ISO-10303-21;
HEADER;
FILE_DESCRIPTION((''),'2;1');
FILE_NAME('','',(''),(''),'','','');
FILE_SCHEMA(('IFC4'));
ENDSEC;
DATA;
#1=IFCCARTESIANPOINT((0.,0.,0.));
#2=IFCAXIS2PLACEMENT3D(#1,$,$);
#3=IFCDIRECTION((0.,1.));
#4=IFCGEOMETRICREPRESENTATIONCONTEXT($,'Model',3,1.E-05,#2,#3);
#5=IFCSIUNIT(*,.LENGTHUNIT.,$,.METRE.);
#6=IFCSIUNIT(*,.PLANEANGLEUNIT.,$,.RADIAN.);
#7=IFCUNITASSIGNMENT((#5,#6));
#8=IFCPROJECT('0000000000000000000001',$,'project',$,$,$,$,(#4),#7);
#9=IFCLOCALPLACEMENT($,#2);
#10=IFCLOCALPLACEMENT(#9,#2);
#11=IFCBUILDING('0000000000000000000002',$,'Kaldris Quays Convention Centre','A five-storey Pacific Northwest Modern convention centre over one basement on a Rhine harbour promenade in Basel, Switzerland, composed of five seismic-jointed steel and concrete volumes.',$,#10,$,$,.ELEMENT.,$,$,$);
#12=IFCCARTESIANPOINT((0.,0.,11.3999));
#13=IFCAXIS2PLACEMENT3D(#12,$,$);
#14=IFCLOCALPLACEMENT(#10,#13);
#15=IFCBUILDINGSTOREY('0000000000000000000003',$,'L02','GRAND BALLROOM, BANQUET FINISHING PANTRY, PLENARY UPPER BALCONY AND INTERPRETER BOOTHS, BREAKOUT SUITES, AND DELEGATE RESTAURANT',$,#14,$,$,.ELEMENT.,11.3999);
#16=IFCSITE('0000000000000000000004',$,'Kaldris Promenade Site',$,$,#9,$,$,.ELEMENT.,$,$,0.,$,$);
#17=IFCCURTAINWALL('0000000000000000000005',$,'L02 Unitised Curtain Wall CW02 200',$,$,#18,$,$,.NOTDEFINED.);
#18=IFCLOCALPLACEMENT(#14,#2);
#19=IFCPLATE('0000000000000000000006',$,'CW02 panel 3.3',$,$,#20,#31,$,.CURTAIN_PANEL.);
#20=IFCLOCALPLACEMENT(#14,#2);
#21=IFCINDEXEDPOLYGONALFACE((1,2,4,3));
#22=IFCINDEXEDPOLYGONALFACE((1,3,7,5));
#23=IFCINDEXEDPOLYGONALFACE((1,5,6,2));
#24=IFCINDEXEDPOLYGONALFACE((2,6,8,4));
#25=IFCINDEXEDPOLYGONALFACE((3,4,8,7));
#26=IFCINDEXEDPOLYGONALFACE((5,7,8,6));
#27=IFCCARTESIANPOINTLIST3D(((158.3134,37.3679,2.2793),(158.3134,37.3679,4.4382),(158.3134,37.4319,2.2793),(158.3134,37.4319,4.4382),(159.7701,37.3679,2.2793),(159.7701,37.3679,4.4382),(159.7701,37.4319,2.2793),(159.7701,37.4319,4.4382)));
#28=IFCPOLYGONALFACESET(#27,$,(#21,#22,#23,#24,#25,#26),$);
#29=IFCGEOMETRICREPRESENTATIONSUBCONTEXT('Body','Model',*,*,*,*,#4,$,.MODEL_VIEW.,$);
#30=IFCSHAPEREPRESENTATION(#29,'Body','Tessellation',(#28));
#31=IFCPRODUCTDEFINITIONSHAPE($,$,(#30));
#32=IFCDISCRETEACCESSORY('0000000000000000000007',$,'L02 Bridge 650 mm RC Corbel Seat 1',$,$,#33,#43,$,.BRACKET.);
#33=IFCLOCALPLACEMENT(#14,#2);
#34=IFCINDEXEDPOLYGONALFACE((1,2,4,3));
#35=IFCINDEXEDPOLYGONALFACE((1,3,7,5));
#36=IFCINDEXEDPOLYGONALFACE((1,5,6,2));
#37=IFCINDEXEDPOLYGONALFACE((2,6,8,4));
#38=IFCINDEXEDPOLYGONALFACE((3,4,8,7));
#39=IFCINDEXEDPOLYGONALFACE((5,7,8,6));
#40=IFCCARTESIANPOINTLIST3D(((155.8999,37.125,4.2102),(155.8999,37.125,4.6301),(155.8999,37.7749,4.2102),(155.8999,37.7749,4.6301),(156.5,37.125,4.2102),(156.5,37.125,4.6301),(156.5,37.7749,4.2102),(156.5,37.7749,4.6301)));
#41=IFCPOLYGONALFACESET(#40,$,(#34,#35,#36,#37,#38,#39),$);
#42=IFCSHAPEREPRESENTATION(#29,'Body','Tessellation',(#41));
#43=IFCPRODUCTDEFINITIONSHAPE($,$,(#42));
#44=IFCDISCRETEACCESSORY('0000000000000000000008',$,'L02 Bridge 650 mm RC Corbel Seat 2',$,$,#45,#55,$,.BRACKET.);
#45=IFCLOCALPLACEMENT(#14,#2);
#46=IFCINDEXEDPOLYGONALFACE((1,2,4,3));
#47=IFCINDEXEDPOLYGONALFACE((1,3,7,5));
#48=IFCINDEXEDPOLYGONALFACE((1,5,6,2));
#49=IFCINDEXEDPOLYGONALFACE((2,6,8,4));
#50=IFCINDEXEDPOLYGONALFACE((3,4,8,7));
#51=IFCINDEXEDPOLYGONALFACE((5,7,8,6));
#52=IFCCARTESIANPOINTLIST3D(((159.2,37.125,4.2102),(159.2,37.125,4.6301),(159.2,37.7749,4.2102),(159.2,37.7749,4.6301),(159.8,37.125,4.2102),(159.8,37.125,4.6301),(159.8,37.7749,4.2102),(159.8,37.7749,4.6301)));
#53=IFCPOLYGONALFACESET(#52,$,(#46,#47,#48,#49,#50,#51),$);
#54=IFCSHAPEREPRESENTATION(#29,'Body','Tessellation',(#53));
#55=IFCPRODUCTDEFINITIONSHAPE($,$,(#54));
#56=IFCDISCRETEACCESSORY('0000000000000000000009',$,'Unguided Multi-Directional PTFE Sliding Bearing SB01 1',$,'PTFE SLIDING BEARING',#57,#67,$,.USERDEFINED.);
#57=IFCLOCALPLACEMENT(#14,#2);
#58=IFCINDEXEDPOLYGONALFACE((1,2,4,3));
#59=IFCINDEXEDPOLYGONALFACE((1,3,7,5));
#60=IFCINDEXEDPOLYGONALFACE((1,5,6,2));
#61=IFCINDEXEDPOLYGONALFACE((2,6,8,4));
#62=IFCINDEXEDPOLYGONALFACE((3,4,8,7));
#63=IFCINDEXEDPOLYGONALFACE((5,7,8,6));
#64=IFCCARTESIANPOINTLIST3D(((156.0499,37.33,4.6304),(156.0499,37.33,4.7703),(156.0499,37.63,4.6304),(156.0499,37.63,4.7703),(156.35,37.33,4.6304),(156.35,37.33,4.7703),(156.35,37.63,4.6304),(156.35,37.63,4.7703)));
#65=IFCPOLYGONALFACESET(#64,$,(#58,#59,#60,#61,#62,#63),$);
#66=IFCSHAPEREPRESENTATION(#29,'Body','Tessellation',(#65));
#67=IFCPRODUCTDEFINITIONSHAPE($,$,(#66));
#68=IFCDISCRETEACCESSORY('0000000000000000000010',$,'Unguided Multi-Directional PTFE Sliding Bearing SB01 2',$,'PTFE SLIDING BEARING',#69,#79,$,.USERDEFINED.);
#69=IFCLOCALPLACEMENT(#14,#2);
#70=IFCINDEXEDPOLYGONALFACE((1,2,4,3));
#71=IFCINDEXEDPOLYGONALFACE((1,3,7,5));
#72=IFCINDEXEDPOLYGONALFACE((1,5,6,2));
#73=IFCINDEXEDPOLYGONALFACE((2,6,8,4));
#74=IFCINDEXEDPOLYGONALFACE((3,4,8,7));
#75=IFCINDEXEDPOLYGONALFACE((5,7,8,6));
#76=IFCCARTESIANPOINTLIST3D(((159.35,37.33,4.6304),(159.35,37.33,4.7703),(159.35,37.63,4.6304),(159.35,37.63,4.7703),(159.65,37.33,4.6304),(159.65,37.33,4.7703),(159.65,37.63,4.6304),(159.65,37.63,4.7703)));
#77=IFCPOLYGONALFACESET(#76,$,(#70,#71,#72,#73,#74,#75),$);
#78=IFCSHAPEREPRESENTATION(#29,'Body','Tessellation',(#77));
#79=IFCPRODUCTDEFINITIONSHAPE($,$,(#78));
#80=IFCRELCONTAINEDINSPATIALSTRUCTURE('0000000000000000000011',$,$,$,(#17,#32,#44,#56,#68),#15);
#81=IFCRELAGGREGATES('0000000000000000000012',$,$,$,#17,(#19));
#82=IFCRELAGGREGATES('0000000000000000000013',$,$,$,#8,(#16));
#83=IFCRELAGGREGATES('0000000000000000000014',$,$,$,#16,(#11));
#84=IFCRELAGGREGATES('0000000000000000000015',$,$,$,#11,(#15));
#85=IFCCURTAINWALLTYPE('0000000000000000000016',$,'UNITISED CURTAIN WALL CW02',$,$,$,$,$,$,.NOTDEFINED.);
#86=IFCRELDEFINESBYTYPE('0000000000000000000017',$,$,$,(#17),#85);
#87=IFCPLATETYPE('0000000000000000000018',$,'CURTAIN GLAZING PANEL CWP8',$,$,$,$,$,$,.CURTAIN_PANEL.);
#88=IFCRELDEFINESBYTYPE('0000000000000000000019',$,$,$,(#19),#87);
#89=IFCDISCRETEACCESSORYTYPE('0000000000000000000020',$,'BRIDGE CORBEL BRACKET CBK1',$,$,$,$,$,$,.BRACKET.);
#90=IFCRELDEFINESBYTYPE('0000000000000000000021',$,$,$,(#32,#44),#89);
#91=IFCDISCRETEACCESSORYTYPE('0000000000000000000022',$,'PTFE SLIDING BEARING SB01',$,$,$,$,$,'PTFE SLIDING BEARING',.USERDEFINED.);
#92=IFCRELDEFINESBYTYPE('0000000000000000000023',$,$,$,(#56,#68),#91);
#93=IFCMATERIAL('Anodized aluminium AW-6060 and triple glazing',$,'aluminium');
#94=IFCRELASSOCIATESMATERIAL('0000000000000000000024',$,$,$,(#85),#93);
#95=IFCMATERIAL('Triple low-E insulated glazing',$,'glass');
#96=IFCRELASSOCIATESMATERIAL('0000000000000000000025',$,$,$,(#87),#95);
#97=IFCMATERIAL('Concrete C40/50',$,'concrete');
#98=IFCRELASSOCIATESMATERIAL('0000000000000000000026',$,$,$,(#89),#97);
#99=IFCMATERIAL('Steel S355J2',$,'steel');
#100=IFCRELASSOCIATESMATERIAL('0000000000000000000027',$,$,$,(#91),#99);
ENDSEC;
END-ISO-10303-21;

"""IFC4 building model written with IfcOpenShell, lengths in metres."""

from ifc_helpers import new_model, si_unit, direction, frame, origin, origin_2d, place, context, subcontext, project, spatial, rectangle, extrude, material, type_object, element, aggregate, save


model = new_model("IFC4")

# Units and contexts
model_context = context("Model", 3, precision=1e-05, world=origin(), true_north=direction((0.0, 1.0)))
body_context = subcontext(model_context, "Body", "Model", "MODEL_VIEW")
ifc_project = project(units=[si_unit("LENGTHUNIT", "METRE"), si_unit("PLANEANGLEUNIT", "RADIAN")], contexts=[model_context])

# Site, building, storey
site_placement = place(None, origin())
site = spatial("IfcSite", under=ifc_project, at=site_placement, Name="Kaldris Promenade Site", CompositionType="ELEMENT", RefElevation=0.0)
building_placement = place(site_placement, origin())
building = spatial("IfcBuilding", under=site, at=building_placement, Name="Kaldris Quays Convention Centre", Description="A five-storey Pacific Northwest Modern convention centre over one basement on a Rhine harbour promenade in Basel, Switzerland, composed of five seismic-jointed steel and concrete volumes.", CompositionType="ELEMENT")
storey_placement = place(building_placement, frame((0.0, 0.0, 11.3999)))
storey = spatial("IfcBuildingStorey", under=building, at=storey_placement, Name="L02", Description="GRAND BALLROOM, BANQUET FINISHING PANTRY, PLENARY UPPER BALCONY AND INTERPRETER BOOTHS, BREAKOUT SUITES, AND DELEGATE RESTAURANT", CompositionType="ELEMENT", Elevation=11.3999)

# Curtain wall
ifc_material_1 = material(Name="Anodized aluminium AW-6060 and triple glazing", Category="aluminium")
curtain_wall_type = type_object("IfcCurtainWallType", Name="UNITISED CURTAIN WALL CW02", PredefinedType="NOTDEFINED", material=ifc_material_1)
curtain_wall_placement = place(storey_placement, origin())
curtain_wall = element("IfcCurtainWall", 1, at=curtain_wall_placement, inside=storey, type_object=curtain_wall_type, Name="L02 Unitised Curtain Wall CW02 200", PredefinedType="NOTDEFINED")

# Shared definitions
ifc_material_2 = material(Name="Steel S355J2", Category="steel")

# Plate
ifc_material_3 = material(Name="Triple low-E insulated glazing", Category="glass")
plate_type = type_object("IfcPlateType", Name="CURTAIN GLAZING PANEL CWP8", PredefinedType="CURTAIN_PANEL", material=ifc_material_3)
plate_1_placement = place(storey_placement, frame((159.0417, 37.3999, 2.2793), z_axis=(0.0, 0.0, 1.0), x_axis=(1.0, 0.0, 0.0)))
plate_1 = element("IfcPlate", 2, at=plate_1_placement, type_object=plate_type, Name="CW02 panel 3.3", PredefinedType="CURTAIN_PANEL", context=body_context, shape_type="SweptSolid", body=[
    extrude(rectangle(XDim=1.4568, YDim=0.064, at=origin_2d()), origin(), (0.0, 0.0, 1.0), 2.1589),
])
aggregate(curtain_wall, [plate_1])

# Discrete accessories
ifc_material_4 = material(Name="Concrete C40/50", Category="concrete")
discrete_accessory_type_1 = type_object("IfcDiscreteAccessoryType", Name="BRIDGE CORBEL BRACKET CBK1", PredefinedType="BRACKET", material=ifc_material_4)
for number, where, z_axis, x_axis, name in (
    (3, (156.2, 37.45, 4.2102), (0.0, 0.0, 1.0), (1.0, 0.0, 0.0), "L02 Bridge 650 mm RC Corbel Seat 1"),
    (4, (159.5, 37.45, 4.2102), (0.0, 0.0, 1.0), (1.0, 0.0, 0.0), "L02 Bridge 650 mm RC Corbel Seat 2"),
):
    element("IfcDiscreteAccessory", number, at=place(storey_placement, frame(where, z_axis=z_axis, x_axis=x_axis)), inside=storey, type_object=discrete_accessory_type_1, Name=name, PredefinedType="BRACKET", context=body_context, shape_type="SweptSolid", body=[
        extrude(rectangle(XDim=0.6001, YDim=0.6499, at=origin_2d()), origin(), (0.0, 0.0, 1.0), 0.4199),
    ])
discrete_accessory_type_2 = type_object("IfcDiscreteAccessoryType", Name="PTFE SLIDING BEARING SB01", ElementType="PTFE SLIDING BEARING", PredefinedType="USERDEFINED", material=ifc_material_2)
for number, where, z_axis, x_axis, name in (
    (5, (156.2, 37.48, 4.6304), (0.0, 0.0, 1.0), (1.0, 0.0, 0.0), "Unguided Multi-Directional PTFE Sliding Bearing SB01 1"),
    (6, (159.5, 37.48, 4.6304), (0.0, 0.0, 1.0), (1.0, 0.0, 0.0), "Unguided Multi-Directional PTFE Sliding Bearing SB01 2"),
):
    element("IfcDiscreteAccessory", number, at=place(storey_placement, frame(where, z_axis=z_axis, x_axis=x_axis)), inside=storey, type_object=discrete_accessory_type_2, Name=name, ObjectType="PTFE SLIDING BEARING", PredefinedType="USERDEFINED", context=body_context, shape_type="SweptSolid", body=[
        extrude(rectangle(XDim=0.3, YDim=0.3, at=origin_2d()), origin(), (0.0, 0.0, 1.0), 0.1399),
    ])

save(model, "model.ifc")
